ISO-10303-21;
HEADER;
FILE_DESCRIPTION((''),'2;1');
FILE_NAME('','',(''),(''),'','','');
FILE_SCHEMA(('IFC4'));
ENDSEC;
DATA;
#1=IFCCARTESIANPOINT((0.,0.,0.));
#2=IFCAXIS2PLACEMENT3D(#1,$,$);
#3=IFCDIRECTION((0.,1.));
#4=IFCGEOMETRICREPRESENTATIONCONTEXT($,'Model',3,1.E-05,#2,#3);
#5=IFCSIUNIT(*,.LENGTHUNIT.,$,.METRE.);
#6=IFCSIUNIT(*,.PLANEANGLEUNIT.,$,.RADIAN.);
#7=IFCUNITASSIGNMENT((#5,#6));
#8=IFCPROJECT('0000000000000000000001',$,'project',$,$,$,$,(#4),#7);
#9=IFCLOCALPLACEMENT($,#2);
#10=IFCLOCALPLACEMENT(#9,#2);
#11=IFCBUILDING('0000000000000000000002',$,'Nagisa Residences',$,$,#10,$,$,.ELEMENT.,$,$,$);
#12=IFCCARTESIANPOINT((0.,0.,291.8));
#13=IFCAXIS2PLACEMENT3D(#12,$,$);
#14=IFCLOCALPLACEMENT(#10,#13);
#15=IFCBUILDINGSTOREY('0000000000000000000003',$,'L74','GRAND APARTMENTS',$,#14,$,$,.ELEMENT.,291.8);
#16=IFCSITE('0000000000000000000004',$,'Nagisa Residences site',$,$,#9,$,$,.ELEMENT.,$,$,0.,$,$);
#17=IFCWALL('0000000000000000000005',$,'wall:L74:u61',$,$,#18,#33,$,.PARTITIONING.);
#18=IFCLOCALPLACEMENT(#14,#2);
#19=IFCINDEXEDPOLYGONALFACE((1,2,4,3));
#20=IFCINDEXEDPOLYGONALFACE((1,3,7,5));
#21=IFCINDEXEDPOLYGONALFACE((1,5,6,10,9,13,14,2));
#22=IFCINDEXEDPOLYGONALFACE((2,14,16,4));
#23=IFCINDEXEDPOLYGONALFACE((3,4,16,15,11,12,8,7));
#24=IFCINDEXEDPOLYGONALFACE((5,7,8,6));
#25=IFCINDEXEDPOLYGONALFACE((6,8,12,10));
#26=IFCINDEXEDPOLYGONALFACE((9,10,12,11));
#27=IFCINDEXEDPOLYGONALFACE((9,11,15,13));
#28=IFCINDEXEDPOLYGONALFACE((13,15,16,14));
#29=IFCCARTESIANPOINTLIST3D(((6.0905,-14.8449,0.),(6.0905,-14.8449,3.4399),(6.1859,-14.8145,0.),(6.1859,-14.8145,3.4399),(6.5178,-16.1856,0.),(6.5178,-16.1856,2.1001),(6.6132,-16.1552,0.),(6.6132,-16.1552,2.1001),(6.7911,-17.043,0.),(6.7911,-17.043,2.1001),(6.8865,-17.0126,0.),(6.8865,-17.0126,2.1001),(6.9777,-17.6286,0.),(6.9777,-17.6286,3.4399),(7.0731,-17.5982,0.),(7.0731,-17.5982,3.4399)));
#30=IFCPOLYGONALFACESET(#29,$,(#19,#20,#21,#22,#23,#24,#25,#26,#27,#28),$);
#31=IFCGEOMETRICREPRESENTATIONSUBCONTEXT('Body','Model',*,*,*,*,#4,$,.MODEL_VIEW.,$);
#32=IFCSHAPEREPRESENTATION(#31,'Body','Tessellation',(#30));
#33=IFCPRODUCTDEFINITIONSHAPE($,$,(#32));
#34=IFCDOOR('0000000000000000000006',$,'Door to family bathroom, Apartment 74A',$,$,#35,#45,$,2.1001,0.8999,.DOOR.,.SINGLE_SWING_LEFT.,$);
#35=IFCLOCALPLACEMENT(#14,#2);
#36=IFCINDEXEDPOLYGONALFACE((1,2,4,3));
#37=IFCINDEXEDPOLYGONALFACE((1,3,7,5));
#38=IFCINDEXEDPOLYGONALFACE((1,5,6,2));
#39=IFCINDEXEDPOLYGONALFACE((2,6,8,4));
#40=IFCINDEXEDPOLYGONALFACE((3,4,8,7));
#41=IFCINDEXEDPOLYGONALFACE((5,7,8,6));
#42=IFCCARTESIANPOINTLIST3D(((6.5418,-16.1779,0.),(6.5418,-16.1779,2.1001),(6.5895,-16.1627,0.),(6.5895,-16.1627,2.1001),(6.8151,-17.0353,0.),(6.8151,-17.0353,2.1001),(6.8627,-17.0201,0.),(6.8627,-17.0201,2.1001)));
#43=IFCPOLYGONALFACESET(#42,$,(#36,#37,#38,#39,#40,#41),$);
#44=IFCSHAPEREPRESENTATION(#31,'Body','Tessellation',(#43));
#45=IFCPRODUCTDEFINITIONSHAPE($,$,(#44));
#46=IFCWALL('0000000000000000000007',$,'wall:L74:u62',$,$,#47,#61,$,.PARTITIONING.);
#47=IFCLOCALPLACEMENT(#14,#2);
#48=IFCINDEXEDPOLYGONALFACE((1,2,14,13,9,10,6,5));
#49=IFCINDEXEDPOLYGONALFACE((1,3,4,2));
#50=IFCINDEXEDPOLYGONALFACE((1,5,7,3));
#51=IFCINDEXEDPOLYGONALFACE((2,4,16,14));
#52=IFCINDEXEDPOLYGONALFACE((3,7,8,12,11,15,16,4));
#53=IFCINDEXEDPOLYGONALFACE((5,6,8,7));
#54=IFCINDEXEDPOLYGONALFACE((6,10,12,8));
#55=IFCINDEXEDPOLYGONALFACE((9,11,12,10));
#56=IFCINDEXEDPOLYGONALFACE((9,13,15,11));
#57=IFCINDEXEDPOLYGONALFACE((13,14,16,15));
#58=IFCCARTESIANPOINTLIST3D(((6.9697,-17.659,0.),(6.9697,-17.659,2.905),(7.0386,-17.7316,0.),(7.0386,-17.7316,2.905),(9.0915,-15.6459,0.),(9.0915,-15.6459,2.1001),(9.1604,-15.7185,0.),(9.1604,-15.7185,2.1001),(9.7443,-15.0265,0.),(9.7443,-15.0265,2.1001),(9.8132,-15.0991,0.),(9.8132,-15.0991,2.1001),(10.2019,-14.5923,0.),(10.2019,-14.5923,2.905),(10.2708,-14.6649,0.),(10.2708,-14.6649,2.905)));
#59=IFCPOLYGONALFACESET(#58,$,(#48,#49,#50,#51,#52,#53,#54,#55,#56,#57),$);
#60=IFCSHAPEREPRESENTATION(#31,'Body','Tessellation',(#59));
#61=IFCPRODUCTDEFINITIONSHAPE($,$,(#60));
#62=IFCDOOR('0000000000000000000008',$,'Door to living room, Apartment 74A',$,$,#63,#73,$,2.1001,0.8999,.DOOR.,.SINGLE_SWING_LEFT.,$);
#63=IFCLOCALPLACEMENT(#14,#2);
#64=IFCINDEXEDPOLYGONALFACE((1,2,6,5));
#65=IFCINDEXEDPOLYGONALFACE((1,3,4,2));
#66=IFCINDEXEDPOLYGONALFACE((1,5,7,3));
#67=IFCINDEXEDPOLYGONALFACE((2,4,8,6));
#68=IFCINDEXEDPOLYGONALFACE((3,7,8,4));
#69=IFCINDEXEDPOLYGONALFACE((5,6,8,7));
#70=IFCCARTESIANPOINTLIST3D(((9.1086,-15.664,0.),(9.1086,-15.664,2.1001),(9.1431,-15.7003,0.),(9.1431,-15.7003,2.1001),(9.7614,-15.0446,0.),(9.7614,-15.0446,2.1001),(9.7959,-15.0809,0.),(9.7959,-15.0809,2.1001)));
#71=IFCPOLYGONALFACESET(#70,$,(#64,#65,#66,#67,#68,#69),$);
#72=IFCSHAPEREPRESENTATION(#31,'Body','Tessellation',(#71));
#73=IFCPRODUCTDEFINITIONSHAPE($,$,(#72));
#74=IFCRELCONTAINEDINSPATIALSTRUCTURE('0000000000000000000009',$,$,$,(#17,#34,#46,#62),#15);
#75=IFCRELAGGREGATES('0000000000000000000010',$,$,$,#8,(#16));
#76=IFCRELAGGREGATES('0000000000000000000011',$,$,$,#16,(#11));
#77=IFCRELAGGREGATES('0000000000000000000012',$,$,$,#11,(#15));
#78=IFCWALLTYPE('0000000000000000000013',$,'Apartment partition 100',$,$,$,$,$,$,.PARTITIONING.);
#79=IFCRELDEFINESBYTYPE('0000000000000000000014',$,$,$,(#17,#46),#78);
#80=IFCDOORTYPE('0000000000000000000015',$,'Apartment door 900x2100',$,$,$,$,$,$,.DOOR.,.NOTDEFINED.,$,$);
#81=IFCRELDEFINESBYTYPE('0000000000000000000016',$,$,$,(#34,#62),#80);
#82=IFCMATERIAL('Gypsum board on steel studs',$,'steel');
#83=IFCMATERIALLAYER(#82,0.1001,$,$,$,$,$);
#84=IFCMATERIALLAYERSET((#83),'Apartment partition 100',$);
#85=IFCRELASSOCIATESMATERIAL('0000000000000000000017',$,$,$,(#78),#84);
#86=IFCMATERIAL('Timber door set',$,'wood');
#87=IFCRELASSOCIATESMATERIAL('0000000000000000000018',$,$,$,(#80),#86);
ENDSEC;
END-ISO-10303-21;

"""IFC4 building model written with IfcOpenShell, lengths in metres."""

from ifc_helpers import new_model, si_unit, direction, frame, frame_2d, origin, place, context, subcontext, project, spatial, rectangle, extrude, material, layer, layer_set, type_object, element, fill, save


model = new_model("IFC4")

# Units and contexts
model_context = context("Model", 3, precision=1e-05, world=origin(), true_north=direction((0.0, 1.0)))
body_context = subcontext(model_context, "Body", "Model", "MODEL_VIEW")
ifc_project = project(units=[si_unit("LENGTHUNIT", "METRE"), si_unit("PLANEANGLEUNIT", "RADIAN")], contexts=[model_context])

# Site, building, storey
site_placement = place(None, origin())
site = spatial("IfcSite", under=ifc_project, at=site_placement, Name="Nagisa Residences site", CompositionType="ELEMENT", RefElevation=0.0)
building_placement = place(site_placement, origin())
building = spatial("IfcBuilding", under=site, at=building_placement, Name="Nagisa Residences", CompositionType="ELEMENT")
storey_placement = place(building_placement, frame((0.0, 0.0, 291.8)))
storey = spatial("IfcBuildingStorey", under=building, at=storey_placement, Name="L74", Description="GRAND APARTMENTS", CompositionType="ELEMENT", Elevation=291.8)

# Shared definitions
ifc_material_1 = material(Name="Gypsum board on steel studs", Category="steel")
ifc_layer_1 = layer(ifc_material_1, 0.1001)
ifc_layer_set_1 = layer_set([ifc_layer_1], Name="Apartment partition 100")
wall_type_1 = type_object("IfcWallType", Name="Apartment partition 100", PredefinedType="PARTITIONING", material=ifc_layer_set_1)

# Shared definitions
ifc_material_2 = material(Name="Timber door set", Category="wood")
door_type_1 = type_object("IfcDoorType", Name="Apartment door 900x2100", OperationType="NOTDEFINED", PredefinedType="DOOR", material=ifc_material_2)

# Walls, openings, doors
wall_1_placement = place(storey_placement, frame((6.1382, -14.8296, 0.0), z_axis=(0.0, 0.0, 1.0), x_axis=(0.303666, -0.952779, 0.0)))
wall_1 = element("IfcWall", 1, at=wall_1_placement, inside=storey, type_object=wall_type_1, Name="wall:L74:u61", PredefinedType="PARTITIONING", context=body_context, shape_type="SweptSolid", body=[
    extrude(rectangle(XDim=2.9216, YDim=0.1001, at=frame_2d((1.4609, 0.0))), origin(), (0.0, 0.0, 1.0), 3.4399),
])
opening_1_placement = place(wall_1_placement, frame((1.4072, 0.0, 0.0)))
opening_1 = element("IfcOpeningElement", 2, at=opening_1_placement, cuts=wall_1, PredefinedType="OPENING", context=body_context, shape_type="SweptSolid", body=[
    extrude(rectangle(XDim=0.8999, YDim=2.1001, at=frame_2d((0.45, 1.05))), frame((0.0, 0.0601, 0.0), z_axis=(0.0, -1.0, 0.0), x_axis=(1.0, 0.0, 0.0)), (0.0, 0.0, 1.0), 0.1201),
])
door_1_placement = place(opening_1_placement, frame((0.8999, 0.0, 0.0), x_axis=(-1.0, 0.0, 0.0)))
door_1 = element("IfcDoor", 3, at=door_1_placement, inside=storey, type_object=door_type_1, Name="Door to family bathroom, Apartment 74A", OperationType="SINGLE_SWING_LEFT", OverallHeight=2.1001, OverallWidth=0.8999, PredefinedType="DOOR", context=body_context, shape_type="SweptSolid", body=[
    extrude(rectangle(XDim=0.8999, YDim=2.1001, at=frame_2d((0.45, 1.05))), frame((0.0, 0.0249, 0.0), z_axis=(0.0, -1.0, 0.0), x_axis=(1.0, 0.0, 0.0)), (0.0, 0.0, 1.0), 0.05),
])
fill(opening_1, door_1)
wall_2_placement = place(storey_placement, frame((7.0042, -17.6953, 0.0), z_axis=(0.0, 0.0, 1.0), x_axis=(0.725438, 0.688287, 0.0)))
wall_2 = element("IfcWall", 4, at=wall_2_placement, inside=storey, type_object=wall_type_1, Name="wall:L74:u62", PredefinedType="PARTITIONING", context=body_context, shape_type="SweptSolid", body=[
    extrude(rectangle(XDim=4.4556, YDim=0.1001, at=frame_2d((2.2278, 0.0))), origin(), (0.0, 0.0, 1.0), 2.905),
])
opening_2_placement = place(wall_2_placement, frame((2.9248, 0.0, 0.0)))
opening_2 = element("IfcOpeningElement", 5, at=opening_2_placement, cuts=wall_2, PredefinedType="OPENING", context=body_context, shape_type="SweptSolid", body=[
    extrude(rectangle(XDim=0.8999, YDim=2.1001, at=frame_2d((0.45, 1.05))), frame((0.0, 0.0601, 0.0), z_axis=(0.0, -1.0, 0.0), x_axis=(1.0, 0.0, 0.0)), (0.0, 0.0, 1.0), 0.1201),
])
door_2_placement = place(opening_2_placement, frame((0.8999, 0.0, 0.0), x_axis=(-1.0, 0.0, 0.0)))
door_2 = element("IfcDoor", 6, at=door_2_placement, inside=storey, type_object=door_type_1, Name="Door to living room, Apartment 74A", OperationType="SINGLE_SWING_LEFT", OverallHeight=2.1001, OverallWidth=0.8999, PredefinedType="DOOR", context=body_context, shape_type="SweptSolid", body=[
    extrude(rectangle(XDim=0.8999, YDim=2.1001, at=frame_2d((0.45, 1.05))), frame((0.0, 0.0249, 0.0), z_axis=(0.0, -1.0, 0.0), x_axis=(1.0, 0.0, 0.0)), (0.0, 0.0, 1.0), 0.05),
])
fill(opening_2, door_2)

save(model, "model.ifc")
